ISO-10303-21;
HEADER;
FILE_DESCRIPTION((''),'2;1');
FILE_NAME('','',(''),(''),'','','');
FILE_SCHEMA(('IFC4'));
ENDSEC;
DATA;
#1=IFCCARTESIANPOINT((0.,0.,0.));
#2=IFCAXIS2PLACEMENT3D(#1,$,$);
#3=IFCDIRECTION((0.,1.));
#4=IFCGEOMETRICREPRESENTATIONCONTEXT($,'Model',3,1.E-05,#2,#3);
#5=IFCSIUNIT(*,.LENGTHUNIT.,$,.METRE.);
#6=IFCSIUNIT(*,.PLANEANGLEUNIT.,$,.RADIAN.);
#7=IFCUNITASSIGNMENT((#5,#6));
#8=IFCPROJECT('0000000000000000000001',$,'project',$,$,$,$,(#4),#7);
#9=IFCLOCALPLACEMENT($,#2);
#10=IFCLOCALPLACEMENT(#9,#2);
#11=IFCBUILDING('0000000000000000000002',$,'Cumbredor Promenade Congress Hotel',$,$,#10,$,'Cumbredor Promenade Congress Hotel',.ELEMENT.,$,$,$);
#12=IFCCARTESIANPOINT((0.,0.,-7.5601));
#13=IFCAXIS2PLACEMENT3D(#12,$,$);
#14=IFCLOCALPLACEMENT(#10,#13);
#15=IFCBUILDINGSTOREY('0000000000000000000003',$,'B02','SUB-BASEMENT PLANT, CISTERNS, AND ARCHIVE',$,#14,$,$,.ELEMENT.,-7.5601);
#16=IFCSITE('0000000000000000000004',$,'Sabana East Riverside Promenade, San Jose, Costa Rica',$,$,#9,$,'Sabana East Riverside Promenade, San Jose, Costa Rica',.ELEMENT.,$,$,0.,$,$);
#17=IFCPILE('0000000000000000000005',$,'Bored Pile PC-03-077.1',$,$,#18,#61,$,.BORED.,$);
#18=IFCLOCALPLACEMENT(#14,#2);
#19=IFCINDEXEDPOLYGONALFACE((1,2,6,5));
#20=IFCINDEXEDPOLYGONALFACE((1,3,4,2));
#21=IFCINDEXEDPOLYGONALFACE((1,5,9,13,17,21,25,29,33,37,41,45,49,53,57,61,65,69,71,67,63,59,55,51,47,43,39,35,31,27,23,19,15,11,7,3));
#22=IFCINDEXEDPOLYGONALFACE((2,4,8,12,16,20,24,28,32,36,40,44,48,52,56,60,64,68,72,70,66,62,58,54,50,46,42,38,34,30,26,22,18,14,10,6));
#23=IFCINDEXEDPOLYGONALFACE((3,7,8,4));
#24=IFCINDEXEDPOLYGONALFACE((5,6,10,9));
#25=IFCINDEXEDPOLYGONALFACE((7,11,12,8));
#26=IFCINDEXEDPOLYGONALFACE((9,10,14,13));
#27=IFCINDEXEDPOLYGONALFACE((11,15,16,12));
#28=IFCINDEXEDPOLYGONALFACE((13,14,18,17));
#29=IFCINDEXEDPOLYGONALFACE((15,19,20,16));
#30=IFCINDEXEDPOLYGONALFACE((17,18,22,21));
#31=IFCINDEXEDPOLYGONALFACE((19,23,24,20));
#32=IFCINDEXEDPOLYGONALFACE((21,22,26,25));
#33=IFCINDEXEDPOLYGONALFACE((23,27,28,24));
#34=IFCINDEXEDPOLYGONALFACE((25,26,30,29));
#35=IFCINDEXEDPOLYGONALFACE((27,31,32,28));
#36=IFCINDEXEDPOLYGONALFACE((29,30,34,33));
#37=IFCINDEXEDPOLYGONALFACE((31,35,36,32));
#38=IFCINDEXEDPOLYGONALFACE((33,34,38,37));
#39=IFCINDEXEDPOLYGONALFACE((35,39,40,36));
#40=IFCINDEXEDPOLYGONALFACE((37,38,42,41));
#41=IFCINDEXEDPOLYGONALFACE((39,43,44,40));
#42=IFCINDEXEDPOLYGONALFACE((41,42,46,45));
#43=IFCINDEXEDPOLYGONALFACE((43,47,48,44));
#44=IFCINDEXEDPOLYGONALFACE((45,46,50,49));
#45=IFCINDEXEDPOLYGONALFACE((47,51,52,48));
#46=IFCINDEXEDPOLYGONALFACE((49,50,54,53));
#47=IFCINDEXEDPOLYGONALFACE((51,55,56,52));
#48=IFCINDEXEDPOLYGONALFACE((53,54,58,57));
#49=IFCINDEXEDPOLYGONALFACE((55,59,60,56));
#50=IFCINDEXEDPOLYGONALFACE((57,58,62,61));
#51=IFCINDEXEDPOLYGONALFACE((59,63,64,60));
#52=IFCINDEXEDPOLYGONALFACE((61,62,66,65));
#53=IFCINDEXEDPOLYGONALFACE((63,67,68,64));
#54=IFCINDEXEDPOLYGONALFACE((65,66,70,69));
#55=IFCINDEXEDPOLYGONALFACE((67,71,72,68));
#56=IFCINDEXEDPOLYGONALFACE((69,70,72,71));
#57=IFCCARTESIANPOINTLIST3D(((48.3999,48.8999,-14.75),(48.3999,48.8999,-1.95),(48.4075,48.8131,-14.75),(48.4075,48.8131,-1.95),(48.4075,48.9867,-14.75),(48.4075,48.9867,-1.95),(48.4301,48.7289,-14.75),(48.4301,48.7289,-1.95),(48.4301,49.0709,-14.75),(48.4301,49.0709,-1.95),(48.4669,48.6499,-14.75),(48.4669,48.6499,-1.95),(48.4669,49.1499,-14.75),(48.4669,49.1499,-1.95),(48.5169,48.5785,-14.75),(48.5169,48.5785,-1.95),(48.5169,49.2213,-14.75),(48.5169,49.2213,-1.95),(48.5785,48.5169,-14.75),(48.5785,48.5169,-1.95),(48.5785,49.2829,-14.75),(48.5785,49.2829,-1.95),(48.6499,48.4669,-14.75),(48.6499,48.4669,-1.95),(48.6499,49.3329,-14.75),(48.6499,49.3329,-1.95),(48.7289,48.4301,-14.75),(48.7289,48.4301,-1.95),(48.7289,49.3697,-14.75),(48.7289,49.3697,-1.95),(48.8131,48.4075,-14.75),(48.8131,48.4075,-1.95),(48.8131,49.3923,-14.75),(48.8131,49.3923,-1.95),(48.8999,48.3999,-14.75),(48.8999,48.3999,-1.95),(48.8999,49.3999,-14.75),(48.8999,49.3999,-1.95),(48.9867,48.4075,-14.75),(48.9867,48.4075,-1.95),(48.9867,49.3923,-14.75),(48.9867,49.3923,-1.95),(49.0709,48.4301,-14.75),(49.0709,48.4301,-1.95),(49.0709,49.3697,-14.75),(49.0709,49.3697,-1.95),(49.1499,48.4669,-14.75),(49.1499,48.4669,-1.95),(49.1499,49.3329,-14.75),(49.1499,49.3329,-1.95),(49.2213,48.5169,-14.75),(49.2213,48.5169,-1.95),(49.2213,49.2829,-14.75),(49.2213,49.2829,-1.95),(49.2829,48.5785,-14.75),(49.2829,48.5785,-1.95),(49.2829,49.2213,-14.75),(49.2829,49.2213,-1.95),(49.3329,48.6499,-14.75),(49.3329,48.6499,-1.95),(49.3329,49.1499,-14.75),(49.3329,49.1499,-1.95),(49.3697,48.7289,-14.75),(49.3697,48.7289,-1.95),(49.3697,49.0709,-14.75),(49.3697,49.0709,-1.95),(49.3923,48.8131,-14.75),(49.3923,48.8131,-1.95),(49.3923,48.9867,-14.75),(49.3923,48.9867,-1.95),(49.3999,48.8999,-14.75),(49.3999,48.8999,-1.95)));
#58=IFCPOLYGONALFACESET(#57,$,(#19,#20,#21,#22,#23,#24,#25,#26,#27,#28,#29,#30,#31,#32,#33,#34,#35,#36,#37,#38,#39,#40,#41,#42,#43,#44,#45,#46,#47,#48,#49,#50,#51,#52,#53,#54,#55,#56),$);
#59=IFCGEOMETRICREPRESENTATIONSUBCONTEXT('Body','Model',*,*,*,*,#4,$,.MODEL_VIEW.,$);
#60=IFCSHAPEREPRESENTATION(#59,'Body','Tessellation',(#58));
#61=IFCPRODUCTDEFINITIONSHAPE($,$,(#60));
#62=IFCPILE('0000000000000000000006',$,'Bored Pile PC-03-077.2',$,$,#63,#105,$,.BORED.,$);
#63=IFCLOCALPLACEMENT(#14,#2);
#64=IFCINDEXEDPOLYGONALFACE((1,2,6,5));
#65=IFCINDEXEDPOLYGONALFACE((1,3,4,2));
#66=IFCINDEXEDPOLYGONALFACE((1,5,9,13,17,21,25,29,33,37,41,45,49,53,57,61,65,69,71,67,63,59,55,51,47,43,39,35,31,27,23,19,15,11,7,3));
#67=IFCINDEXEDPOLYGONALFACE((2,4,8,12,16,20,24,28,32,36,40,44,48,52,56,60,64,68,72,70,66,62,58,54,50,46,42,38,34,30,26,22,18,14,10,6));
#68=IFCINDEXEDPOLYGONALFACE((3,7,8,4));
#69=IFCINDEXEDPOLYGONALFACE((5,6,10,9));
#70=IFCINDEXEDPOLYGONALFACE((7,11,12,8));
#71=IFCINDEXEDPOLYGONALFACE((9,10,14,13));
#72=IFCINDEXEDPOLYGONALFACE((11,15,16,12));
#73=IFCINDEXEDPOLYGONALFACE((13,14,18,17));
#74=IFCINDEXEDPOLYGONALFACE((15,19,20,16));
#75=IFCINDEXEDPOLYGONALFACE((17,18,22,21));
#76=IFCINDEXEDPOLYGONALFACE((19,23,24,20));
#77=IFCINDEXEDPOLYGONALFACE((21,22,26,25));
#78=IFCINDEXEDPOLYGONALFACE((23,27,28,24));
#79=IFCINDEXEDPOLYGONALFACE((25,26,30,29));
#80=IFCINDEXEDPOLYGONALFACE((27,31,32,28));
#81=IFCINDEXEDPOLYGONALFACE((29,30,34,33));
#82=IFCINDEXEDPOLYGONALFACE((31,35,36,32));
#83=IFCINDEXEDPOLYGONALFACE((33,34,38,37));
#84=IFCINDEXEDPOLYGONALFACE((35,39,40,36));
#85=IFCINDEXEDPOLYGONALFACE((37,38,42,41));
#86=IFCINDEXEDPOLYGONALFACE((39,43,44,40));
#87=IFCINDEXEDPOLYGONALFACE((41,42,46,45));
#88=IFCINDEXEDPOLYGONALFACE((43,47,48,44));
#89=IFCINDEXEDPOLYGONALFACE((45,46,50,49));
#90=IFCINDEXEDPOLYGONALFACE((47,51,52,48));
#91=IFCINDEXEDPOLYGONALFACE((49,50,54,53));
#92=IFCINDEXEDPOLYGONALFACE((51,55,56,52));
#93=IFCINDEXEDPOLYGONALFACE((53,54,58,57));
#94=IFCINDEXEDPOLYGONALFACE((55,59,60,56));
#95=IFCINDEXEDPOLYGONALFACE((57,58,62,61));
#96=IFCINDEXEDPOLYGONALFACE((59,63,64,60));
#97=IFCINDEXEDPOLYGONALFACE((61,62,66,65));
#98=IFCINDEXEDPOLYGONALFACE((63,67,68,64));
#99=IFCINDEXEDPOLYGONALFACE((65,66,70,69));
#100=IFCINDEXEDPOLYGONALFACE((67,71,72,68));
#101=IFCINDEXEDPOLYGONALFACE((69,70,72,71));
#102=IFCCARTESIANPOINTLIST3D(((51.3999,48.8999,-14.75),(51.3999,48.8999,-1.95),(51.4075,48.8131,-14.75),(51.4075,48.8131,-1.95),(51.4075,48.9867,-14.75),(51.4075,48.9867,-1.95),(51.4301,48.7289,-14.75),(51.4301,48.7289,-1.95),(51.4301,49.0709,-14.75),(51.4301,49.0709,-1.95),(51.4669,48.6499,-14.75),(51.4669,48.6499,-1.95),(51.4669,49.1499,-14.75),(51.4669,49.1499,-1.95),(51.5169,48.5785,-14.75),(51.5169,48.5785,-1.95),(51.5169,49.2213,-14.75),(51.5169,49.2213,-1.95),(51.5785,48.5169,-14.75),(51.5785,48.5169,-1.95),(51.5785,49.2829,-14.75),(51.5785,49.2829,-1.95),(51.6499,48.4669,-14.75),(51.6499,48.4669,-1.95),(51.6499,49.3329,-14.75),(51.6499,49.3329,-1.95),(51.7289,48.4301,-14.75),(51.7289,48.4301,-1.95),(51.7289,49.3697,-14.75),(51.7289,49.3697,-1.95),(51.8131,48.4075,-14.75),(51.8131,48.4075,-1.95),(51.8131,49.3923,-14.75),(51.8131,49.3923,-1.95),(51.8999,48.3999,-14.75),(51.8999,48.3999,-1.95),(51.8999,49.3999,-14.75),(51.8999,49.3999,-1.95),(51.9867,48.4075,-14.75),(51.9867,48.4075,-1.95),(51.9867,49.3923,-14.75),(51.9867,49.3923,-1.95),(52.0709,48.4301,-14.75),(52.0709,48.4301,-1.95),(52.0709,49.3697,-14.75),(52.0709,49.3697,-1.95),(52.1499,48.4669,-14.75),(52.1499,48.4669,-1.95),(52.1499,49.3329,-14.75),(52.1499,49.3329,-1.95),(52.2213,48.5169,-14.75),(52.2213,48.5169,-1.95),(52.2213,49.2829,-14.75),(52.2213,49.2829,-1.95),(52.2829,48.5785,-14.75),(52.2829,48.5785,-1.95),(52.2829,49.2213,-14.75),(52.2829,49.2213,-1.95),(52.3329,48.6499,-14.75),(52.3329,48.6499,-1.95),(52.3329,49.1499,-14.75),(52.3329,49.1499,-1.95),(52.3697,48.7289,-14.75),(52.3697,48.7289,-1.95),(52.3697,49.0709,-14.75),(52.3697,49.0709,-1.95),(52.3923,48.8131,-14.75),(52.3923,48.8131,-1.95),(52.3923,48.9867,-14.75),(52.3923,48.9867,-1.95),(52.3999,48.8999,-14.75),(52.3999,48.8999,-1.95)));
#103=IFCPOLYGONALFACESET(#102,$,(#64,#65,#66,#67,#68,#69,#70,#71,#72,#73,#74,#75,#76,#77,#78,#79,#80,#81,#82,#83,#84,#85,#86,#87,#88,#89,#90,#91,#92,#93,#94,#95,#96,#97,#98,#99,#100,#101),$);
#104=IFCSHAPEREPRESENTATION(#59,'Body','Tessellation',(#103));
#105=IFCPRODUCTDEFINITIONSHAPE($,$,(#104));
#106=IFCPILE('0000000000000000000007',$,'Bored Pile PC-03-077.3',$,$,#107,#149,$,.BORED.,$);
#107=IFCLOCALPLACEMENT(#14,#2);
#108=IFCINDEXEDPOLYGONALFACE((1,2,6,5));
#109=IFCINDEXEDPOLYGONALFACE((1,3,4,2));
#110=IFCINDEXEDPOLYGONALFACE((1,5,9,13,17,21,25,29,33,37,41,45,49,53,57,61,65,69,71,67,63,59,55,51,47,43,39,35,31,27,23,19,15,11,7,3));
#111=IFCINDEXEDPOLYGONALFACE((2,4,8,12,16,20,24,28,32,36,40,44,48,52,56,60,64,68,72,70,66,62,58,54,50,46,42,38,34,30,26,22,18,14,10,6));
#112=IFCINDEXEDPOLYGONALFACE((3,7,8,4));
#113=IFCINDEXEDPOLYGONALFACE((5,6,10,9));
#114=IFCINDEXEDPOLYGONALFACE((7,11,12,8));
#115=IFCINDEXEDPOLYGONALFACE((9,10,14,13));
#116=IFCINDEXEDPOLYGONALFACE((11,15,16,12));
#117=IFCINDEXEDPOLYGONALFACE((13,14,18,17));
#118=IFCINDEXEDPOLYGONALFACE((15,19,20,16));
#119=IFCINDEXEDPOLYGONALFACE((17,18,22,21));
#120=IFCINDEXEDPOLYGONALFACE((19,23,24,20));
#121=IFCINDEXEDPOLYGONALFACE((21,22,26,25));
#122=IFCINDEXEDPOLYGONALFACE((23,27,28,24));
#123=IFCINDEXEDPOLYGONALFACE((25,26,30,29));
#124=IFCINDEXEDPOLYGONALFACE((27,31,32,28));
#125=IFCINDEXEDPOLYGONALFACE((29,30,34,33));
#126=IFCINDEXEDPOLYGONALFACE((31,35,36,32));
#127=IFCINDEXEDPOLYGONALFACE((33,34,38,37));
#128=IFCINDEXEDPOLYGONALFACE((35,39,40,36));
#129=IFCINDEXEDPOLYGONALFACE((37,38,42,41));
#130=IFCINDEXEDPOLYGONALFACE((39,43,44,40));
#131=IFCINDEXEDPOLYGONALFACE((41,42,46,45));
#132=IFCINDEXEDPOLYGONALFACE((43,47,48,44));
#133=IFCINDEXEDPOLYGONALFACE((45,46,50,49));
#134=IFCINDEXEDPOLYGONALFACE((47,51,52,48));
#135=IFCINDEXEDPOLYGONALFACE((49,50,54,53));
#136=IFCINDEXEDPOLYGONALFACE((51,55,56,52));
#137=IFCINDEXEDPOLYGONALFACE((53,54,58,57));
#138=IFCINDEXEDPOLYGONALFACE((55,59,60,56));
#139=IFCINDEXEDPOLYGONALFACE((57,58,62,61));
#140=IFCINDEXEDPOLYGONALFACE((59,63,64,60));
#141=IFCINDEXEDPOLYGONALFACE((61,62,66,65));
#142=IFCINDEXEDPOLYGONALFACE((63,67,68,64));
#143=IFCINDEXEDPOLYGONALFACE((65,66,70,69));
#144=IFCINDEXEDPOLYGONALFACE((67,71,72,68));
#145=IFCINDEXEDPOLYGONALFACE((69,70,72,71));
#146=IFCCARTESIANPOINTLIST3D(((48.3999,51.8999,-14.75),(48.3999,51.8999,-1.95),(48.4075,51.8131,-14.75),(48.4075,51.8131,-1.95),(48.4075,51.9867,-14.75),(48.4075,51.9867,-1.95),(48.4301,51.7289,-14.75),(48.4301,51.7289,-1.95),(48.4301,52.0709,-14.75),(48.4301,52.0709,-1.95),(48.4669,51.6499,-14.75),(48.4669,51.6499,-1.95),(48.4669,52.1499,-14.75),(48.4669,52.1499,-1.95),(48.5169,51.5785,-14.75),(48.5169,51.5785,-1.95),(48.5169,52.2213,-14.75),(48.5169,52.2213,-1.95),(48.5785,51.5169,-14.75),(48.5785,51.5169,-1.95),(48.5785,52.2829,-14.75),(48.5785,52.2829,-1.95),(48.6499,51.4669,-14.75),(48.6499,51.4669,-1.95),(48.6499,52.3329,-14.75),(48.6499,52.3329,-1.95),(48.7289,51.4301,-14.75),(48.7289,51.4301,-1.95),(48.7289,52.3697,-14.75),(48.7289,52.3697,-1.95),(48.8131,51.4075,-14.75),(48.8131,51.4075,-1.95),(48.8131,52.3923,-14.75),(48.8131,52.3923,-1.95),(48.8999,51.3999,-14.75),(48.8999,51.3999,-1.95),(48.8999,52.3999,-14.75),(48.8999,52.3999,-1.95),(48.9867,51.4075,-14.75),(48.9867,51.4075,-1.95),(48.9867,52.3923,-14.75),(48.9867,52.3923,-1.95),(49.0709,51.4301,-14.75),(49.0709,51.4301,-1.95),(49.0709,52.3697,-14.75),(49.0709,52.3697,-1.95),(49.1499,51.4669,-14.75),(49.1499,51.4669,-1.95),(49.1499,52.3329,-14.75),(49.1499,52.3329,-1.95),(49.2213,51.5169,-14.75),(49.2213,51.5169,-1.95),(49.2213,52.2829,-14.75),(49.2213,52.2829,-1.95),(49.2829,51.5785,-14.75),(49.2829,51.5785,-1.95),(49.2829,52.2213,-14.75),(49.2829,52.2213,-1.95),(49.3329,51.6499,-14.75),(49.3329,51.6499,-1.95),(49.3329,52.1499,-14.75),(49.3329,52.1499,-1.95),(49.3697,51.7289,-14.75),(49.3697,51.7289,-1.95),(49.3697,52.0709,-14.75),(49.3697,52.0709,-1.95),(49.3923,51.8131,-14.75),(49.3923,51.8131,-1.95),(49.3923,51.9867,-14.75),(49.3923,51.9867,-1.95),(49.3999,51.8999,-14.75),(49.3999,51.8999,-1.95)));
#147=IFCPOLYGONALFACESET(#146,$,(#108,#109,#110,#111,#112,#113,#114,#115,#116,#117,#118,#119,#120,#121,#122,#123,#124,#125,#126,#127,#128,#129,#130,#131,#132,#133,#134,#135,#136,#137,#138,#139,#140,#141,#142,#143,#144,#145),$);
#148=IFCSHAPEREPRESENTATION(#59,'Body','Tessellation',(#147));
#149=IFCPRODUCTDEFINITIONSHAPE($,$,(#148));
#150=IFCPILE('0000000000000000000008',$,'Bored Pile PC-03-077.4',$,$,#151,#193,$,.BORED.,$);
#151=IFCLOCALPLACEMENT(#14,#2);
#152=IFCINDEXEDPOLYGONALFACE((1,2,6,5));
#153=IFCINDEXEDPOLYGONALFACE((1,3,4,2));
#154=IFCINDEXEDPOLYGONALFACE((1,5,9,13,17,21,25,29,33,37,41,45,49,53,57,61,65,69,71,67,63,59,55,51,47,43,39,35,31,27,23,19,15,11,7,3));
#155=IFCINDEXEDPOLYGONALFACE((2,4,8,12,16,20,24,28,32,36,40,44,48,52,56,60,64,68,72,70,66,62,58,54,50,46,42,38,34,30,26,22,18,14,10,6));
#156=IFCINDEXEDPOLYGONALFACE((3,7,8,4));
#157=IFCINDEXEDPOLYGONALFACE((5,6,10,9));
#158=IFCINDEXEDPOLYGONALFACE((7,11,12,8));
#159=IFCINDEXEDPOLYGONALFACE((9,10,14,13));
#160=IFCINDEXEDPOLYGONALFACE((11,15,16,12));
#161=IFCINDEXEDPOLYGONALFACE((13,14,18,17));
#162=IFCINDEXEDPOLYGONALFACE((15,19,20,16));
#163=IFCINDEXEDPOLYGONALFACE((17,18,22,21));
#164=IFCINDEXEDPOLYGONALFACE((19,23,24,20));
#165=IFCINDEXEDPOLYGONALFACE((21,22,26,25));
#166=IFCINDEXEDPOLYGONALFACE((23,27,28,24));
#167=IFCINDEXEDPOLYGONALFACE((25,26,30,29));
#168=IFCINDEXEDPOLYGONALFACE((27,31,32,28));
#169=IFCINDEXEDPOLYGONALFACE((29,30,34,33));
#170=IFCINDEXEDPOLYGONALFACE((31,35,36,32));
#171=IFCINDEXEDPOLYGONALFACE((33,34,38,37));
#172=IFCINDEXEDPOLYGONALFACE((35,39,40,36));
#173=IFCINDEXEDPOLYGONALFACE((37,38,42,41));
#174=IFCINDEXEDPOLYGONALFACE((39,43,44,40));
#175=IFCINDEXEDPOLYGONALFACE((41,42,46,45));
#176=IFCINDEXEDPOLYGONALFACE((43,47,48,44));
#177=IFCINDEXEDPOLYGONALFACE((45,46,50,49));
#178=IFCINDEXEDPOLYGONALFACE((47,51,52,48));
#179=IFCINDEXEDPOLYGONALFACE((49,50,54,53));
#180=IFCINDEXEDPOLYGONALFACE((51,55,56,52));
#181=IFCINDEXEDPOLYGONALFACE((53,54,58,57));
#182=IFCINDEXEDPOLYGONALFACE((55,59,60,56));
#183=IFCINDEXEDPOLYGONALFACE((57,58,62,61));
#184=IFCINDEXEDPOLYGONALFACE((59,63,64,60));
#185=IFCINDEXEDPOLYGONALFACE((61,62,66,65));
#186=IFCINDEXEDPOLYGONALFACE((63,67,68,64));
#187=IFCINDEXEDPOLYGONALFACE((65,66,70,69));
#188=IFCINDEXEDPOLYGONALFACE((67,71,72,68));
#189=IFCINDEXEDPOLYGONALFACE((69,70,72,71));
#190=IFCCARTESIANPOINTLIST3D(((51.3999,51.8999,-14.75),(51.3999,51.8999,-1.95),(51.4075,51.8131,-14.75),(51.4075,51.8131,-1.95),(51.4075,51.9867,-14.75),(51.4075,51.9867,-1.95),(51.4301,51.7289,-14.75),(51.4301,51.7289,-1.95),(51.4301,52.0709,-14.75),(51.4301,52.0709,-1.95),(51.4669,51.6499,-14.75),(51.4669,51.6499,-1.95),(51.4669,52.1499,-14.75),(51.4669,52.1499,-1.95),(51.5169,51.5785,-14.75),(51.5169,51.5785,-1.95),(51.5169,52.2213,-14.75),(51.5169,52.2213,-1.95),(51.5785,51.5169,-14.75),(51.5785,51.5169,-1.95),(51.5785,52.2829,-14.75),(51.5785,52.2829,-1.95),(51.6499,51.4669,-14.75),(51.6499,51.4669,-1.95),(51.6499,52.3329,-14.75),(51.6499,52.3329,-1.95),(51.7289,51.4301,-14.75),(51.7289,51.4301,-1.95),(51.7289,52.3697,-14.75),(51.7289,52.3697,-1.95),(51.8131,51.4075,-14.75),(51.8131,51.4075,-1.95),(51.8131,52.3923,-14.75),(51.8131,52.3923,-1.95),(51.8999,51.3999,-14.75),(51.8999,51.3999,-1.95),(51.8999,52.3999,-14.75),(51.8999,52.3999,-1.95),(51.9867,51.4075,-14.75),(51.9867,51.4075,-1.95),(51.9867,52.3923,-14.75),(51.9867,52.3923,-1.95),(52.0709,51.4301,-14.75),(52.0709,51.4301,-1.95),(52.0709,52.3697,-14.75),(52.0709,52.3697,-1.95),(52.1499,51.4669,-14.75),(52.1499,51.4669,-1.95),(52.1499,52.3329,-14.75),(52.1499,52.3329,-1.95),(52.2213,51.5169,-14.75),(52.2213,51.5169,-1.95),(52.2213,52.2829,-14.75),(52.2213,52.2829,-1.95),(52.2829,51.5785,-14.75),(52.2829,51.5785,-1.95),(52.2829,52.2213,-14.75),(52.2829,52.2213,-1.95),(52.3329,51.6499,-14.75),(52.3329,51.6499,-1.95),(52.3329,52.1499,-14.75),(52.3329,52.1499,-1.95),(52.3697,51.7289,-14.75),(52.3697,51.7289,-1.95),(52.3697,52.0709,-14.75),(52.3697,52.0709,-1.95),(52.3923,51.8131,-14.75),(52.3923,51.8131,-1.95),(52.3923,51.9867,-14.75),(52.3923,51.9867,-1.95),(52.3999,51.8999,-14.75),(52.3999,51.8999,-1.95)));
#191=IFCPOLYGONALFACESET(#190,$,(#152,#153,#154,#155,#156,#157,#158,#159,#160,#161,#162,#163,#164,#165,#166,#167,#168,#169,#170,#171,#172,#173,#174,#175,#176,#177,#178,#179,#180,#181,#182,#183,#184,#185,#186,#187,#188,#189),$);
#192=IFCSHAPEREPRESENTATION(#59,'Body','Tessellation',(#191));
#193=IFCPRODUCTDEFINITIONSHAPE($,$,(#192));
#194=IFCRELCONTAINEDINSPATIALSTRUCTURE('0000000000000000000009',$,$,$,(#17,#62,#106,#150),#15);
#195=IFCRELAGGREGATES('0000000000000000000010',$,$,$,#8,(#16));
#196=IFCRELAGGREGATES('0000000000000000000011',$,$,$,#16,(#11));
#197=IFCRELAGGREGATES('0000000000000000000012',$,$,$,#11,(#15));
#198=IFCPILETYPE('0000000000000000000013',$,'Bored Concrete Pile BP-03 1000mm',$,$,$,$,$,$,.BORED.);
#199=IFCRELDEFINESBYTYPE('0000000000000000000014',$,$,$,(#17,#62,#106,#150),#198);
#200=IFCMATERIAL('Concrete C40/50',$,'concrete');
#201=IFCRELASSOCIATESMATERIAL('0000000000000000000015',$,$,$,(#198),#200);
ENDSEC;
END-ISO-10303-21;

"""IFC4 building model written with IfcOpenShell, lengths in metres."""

from ifc_helpers import new_model, si_unit, direction, frame, origin, origin_2d, place, context, subcontext, project, spatial, circle, extrude, material, material_profile, profile_set, type_object, element, save


model = new_model("IFC4")

# Units and contexts
model_context = context("Model", 3, precision=1e-05, world=origin(), true_north=direction((0.0, 1.0)))
body_context = subcontext(model_context, "Body", "Model", "MODEL_VIEW")
ifc_project = project(units=[si_unit("LENGTHUNIT", "METRE"), si_unit("PLANEANGLEUNIT", "RADIAN")], contexts=[model_context])

# Site, building, storey
site_placement = place(None, origin())
site = spatial("IfcSite", under=ifc_project, at=site_placement, Name="Sabana East Riverside Promenade, San Jose, Costa Rica", LongName="Sabana East Riverside Promenade, San Jose, Costa Rica", CompositionType="ELEMENT", RefElevation=0.0)
building_placement = place(site_placement, origin())
building = spatial("IfcBuilding", under=site, at=building_placement, Name="Cumbredor Promenade Congress Hotel", LongName="Cumbredor Promenade Congress Hotel", CompositionType="ELEMENT")
storey_placement = place(building_placement, frame((0.0, 0.0, -7.5601)))
storey = spatial("IfcBuildingStorey", under=building, at=storey_placement, Name="B02", Description="SUB-BASEMENT PLANT, CISTERNS, AND ARCHIVE", CompositionType="ELEMENT", Elevation=-7.5601)

# Piles
ifc_material_1 = material(Name="Concrete C40/50", Category="concrete")
ifc_material_profile_1 = material_profile(ifc_material_1, circle(Radius=0.5, at=origin_2d()), Name="PILE D1000")
ifc_profile_set_1 = profile_set([ifc_material_profile_1], Name="Concrete C40/50")
pile_type = type_object("IfcPileType", Name="Bored Concrete Pile BP-03 1000mm", PredefinedType="BORED", material=ifc_profile_set_1)
for number, where, z_axis, x_axis, name in (
    (1, (48.8999, 48.8999, -1.95), (0.0, 0.0, -1.0), (1.0, 0.0, 0.0), "Bored Pile PC-03-077.1"),
    (2, (51.8999, 48.8999, -1.95), (0.0, 0.0, -1.0), (1.0, 0.0, 0.0), "Bored Pile PC-03-077.2"),
    (3, (48.8999, 51.8999, -1.95), (0.0, 0.0, -1.0), (1.0, 0.0, 0.0), "Bored Pile PC-03-077.3"),
    (4, (51.8999, 51.8999, -1.95), (0.0, 0.0, -1.0), (1.0, 0.0, 0.0), "Bored Pile PC-03-077.4"),
):
    element("IfcPile", number, at=place(storey_placement, frame(where, z_axis=z_axis, x_axis=x_axis)), inside=storey, type_object=pile_type, Name=name, PredefinedType="BORED", context=body_context, shape_type="SweptSolid", body=[
        extrude(circle(Radius=0.5, at=origin_2d()), origin(), (0.0, 0.0, 1.0), 12.8),
    ])

save(model, "model.ifc")
